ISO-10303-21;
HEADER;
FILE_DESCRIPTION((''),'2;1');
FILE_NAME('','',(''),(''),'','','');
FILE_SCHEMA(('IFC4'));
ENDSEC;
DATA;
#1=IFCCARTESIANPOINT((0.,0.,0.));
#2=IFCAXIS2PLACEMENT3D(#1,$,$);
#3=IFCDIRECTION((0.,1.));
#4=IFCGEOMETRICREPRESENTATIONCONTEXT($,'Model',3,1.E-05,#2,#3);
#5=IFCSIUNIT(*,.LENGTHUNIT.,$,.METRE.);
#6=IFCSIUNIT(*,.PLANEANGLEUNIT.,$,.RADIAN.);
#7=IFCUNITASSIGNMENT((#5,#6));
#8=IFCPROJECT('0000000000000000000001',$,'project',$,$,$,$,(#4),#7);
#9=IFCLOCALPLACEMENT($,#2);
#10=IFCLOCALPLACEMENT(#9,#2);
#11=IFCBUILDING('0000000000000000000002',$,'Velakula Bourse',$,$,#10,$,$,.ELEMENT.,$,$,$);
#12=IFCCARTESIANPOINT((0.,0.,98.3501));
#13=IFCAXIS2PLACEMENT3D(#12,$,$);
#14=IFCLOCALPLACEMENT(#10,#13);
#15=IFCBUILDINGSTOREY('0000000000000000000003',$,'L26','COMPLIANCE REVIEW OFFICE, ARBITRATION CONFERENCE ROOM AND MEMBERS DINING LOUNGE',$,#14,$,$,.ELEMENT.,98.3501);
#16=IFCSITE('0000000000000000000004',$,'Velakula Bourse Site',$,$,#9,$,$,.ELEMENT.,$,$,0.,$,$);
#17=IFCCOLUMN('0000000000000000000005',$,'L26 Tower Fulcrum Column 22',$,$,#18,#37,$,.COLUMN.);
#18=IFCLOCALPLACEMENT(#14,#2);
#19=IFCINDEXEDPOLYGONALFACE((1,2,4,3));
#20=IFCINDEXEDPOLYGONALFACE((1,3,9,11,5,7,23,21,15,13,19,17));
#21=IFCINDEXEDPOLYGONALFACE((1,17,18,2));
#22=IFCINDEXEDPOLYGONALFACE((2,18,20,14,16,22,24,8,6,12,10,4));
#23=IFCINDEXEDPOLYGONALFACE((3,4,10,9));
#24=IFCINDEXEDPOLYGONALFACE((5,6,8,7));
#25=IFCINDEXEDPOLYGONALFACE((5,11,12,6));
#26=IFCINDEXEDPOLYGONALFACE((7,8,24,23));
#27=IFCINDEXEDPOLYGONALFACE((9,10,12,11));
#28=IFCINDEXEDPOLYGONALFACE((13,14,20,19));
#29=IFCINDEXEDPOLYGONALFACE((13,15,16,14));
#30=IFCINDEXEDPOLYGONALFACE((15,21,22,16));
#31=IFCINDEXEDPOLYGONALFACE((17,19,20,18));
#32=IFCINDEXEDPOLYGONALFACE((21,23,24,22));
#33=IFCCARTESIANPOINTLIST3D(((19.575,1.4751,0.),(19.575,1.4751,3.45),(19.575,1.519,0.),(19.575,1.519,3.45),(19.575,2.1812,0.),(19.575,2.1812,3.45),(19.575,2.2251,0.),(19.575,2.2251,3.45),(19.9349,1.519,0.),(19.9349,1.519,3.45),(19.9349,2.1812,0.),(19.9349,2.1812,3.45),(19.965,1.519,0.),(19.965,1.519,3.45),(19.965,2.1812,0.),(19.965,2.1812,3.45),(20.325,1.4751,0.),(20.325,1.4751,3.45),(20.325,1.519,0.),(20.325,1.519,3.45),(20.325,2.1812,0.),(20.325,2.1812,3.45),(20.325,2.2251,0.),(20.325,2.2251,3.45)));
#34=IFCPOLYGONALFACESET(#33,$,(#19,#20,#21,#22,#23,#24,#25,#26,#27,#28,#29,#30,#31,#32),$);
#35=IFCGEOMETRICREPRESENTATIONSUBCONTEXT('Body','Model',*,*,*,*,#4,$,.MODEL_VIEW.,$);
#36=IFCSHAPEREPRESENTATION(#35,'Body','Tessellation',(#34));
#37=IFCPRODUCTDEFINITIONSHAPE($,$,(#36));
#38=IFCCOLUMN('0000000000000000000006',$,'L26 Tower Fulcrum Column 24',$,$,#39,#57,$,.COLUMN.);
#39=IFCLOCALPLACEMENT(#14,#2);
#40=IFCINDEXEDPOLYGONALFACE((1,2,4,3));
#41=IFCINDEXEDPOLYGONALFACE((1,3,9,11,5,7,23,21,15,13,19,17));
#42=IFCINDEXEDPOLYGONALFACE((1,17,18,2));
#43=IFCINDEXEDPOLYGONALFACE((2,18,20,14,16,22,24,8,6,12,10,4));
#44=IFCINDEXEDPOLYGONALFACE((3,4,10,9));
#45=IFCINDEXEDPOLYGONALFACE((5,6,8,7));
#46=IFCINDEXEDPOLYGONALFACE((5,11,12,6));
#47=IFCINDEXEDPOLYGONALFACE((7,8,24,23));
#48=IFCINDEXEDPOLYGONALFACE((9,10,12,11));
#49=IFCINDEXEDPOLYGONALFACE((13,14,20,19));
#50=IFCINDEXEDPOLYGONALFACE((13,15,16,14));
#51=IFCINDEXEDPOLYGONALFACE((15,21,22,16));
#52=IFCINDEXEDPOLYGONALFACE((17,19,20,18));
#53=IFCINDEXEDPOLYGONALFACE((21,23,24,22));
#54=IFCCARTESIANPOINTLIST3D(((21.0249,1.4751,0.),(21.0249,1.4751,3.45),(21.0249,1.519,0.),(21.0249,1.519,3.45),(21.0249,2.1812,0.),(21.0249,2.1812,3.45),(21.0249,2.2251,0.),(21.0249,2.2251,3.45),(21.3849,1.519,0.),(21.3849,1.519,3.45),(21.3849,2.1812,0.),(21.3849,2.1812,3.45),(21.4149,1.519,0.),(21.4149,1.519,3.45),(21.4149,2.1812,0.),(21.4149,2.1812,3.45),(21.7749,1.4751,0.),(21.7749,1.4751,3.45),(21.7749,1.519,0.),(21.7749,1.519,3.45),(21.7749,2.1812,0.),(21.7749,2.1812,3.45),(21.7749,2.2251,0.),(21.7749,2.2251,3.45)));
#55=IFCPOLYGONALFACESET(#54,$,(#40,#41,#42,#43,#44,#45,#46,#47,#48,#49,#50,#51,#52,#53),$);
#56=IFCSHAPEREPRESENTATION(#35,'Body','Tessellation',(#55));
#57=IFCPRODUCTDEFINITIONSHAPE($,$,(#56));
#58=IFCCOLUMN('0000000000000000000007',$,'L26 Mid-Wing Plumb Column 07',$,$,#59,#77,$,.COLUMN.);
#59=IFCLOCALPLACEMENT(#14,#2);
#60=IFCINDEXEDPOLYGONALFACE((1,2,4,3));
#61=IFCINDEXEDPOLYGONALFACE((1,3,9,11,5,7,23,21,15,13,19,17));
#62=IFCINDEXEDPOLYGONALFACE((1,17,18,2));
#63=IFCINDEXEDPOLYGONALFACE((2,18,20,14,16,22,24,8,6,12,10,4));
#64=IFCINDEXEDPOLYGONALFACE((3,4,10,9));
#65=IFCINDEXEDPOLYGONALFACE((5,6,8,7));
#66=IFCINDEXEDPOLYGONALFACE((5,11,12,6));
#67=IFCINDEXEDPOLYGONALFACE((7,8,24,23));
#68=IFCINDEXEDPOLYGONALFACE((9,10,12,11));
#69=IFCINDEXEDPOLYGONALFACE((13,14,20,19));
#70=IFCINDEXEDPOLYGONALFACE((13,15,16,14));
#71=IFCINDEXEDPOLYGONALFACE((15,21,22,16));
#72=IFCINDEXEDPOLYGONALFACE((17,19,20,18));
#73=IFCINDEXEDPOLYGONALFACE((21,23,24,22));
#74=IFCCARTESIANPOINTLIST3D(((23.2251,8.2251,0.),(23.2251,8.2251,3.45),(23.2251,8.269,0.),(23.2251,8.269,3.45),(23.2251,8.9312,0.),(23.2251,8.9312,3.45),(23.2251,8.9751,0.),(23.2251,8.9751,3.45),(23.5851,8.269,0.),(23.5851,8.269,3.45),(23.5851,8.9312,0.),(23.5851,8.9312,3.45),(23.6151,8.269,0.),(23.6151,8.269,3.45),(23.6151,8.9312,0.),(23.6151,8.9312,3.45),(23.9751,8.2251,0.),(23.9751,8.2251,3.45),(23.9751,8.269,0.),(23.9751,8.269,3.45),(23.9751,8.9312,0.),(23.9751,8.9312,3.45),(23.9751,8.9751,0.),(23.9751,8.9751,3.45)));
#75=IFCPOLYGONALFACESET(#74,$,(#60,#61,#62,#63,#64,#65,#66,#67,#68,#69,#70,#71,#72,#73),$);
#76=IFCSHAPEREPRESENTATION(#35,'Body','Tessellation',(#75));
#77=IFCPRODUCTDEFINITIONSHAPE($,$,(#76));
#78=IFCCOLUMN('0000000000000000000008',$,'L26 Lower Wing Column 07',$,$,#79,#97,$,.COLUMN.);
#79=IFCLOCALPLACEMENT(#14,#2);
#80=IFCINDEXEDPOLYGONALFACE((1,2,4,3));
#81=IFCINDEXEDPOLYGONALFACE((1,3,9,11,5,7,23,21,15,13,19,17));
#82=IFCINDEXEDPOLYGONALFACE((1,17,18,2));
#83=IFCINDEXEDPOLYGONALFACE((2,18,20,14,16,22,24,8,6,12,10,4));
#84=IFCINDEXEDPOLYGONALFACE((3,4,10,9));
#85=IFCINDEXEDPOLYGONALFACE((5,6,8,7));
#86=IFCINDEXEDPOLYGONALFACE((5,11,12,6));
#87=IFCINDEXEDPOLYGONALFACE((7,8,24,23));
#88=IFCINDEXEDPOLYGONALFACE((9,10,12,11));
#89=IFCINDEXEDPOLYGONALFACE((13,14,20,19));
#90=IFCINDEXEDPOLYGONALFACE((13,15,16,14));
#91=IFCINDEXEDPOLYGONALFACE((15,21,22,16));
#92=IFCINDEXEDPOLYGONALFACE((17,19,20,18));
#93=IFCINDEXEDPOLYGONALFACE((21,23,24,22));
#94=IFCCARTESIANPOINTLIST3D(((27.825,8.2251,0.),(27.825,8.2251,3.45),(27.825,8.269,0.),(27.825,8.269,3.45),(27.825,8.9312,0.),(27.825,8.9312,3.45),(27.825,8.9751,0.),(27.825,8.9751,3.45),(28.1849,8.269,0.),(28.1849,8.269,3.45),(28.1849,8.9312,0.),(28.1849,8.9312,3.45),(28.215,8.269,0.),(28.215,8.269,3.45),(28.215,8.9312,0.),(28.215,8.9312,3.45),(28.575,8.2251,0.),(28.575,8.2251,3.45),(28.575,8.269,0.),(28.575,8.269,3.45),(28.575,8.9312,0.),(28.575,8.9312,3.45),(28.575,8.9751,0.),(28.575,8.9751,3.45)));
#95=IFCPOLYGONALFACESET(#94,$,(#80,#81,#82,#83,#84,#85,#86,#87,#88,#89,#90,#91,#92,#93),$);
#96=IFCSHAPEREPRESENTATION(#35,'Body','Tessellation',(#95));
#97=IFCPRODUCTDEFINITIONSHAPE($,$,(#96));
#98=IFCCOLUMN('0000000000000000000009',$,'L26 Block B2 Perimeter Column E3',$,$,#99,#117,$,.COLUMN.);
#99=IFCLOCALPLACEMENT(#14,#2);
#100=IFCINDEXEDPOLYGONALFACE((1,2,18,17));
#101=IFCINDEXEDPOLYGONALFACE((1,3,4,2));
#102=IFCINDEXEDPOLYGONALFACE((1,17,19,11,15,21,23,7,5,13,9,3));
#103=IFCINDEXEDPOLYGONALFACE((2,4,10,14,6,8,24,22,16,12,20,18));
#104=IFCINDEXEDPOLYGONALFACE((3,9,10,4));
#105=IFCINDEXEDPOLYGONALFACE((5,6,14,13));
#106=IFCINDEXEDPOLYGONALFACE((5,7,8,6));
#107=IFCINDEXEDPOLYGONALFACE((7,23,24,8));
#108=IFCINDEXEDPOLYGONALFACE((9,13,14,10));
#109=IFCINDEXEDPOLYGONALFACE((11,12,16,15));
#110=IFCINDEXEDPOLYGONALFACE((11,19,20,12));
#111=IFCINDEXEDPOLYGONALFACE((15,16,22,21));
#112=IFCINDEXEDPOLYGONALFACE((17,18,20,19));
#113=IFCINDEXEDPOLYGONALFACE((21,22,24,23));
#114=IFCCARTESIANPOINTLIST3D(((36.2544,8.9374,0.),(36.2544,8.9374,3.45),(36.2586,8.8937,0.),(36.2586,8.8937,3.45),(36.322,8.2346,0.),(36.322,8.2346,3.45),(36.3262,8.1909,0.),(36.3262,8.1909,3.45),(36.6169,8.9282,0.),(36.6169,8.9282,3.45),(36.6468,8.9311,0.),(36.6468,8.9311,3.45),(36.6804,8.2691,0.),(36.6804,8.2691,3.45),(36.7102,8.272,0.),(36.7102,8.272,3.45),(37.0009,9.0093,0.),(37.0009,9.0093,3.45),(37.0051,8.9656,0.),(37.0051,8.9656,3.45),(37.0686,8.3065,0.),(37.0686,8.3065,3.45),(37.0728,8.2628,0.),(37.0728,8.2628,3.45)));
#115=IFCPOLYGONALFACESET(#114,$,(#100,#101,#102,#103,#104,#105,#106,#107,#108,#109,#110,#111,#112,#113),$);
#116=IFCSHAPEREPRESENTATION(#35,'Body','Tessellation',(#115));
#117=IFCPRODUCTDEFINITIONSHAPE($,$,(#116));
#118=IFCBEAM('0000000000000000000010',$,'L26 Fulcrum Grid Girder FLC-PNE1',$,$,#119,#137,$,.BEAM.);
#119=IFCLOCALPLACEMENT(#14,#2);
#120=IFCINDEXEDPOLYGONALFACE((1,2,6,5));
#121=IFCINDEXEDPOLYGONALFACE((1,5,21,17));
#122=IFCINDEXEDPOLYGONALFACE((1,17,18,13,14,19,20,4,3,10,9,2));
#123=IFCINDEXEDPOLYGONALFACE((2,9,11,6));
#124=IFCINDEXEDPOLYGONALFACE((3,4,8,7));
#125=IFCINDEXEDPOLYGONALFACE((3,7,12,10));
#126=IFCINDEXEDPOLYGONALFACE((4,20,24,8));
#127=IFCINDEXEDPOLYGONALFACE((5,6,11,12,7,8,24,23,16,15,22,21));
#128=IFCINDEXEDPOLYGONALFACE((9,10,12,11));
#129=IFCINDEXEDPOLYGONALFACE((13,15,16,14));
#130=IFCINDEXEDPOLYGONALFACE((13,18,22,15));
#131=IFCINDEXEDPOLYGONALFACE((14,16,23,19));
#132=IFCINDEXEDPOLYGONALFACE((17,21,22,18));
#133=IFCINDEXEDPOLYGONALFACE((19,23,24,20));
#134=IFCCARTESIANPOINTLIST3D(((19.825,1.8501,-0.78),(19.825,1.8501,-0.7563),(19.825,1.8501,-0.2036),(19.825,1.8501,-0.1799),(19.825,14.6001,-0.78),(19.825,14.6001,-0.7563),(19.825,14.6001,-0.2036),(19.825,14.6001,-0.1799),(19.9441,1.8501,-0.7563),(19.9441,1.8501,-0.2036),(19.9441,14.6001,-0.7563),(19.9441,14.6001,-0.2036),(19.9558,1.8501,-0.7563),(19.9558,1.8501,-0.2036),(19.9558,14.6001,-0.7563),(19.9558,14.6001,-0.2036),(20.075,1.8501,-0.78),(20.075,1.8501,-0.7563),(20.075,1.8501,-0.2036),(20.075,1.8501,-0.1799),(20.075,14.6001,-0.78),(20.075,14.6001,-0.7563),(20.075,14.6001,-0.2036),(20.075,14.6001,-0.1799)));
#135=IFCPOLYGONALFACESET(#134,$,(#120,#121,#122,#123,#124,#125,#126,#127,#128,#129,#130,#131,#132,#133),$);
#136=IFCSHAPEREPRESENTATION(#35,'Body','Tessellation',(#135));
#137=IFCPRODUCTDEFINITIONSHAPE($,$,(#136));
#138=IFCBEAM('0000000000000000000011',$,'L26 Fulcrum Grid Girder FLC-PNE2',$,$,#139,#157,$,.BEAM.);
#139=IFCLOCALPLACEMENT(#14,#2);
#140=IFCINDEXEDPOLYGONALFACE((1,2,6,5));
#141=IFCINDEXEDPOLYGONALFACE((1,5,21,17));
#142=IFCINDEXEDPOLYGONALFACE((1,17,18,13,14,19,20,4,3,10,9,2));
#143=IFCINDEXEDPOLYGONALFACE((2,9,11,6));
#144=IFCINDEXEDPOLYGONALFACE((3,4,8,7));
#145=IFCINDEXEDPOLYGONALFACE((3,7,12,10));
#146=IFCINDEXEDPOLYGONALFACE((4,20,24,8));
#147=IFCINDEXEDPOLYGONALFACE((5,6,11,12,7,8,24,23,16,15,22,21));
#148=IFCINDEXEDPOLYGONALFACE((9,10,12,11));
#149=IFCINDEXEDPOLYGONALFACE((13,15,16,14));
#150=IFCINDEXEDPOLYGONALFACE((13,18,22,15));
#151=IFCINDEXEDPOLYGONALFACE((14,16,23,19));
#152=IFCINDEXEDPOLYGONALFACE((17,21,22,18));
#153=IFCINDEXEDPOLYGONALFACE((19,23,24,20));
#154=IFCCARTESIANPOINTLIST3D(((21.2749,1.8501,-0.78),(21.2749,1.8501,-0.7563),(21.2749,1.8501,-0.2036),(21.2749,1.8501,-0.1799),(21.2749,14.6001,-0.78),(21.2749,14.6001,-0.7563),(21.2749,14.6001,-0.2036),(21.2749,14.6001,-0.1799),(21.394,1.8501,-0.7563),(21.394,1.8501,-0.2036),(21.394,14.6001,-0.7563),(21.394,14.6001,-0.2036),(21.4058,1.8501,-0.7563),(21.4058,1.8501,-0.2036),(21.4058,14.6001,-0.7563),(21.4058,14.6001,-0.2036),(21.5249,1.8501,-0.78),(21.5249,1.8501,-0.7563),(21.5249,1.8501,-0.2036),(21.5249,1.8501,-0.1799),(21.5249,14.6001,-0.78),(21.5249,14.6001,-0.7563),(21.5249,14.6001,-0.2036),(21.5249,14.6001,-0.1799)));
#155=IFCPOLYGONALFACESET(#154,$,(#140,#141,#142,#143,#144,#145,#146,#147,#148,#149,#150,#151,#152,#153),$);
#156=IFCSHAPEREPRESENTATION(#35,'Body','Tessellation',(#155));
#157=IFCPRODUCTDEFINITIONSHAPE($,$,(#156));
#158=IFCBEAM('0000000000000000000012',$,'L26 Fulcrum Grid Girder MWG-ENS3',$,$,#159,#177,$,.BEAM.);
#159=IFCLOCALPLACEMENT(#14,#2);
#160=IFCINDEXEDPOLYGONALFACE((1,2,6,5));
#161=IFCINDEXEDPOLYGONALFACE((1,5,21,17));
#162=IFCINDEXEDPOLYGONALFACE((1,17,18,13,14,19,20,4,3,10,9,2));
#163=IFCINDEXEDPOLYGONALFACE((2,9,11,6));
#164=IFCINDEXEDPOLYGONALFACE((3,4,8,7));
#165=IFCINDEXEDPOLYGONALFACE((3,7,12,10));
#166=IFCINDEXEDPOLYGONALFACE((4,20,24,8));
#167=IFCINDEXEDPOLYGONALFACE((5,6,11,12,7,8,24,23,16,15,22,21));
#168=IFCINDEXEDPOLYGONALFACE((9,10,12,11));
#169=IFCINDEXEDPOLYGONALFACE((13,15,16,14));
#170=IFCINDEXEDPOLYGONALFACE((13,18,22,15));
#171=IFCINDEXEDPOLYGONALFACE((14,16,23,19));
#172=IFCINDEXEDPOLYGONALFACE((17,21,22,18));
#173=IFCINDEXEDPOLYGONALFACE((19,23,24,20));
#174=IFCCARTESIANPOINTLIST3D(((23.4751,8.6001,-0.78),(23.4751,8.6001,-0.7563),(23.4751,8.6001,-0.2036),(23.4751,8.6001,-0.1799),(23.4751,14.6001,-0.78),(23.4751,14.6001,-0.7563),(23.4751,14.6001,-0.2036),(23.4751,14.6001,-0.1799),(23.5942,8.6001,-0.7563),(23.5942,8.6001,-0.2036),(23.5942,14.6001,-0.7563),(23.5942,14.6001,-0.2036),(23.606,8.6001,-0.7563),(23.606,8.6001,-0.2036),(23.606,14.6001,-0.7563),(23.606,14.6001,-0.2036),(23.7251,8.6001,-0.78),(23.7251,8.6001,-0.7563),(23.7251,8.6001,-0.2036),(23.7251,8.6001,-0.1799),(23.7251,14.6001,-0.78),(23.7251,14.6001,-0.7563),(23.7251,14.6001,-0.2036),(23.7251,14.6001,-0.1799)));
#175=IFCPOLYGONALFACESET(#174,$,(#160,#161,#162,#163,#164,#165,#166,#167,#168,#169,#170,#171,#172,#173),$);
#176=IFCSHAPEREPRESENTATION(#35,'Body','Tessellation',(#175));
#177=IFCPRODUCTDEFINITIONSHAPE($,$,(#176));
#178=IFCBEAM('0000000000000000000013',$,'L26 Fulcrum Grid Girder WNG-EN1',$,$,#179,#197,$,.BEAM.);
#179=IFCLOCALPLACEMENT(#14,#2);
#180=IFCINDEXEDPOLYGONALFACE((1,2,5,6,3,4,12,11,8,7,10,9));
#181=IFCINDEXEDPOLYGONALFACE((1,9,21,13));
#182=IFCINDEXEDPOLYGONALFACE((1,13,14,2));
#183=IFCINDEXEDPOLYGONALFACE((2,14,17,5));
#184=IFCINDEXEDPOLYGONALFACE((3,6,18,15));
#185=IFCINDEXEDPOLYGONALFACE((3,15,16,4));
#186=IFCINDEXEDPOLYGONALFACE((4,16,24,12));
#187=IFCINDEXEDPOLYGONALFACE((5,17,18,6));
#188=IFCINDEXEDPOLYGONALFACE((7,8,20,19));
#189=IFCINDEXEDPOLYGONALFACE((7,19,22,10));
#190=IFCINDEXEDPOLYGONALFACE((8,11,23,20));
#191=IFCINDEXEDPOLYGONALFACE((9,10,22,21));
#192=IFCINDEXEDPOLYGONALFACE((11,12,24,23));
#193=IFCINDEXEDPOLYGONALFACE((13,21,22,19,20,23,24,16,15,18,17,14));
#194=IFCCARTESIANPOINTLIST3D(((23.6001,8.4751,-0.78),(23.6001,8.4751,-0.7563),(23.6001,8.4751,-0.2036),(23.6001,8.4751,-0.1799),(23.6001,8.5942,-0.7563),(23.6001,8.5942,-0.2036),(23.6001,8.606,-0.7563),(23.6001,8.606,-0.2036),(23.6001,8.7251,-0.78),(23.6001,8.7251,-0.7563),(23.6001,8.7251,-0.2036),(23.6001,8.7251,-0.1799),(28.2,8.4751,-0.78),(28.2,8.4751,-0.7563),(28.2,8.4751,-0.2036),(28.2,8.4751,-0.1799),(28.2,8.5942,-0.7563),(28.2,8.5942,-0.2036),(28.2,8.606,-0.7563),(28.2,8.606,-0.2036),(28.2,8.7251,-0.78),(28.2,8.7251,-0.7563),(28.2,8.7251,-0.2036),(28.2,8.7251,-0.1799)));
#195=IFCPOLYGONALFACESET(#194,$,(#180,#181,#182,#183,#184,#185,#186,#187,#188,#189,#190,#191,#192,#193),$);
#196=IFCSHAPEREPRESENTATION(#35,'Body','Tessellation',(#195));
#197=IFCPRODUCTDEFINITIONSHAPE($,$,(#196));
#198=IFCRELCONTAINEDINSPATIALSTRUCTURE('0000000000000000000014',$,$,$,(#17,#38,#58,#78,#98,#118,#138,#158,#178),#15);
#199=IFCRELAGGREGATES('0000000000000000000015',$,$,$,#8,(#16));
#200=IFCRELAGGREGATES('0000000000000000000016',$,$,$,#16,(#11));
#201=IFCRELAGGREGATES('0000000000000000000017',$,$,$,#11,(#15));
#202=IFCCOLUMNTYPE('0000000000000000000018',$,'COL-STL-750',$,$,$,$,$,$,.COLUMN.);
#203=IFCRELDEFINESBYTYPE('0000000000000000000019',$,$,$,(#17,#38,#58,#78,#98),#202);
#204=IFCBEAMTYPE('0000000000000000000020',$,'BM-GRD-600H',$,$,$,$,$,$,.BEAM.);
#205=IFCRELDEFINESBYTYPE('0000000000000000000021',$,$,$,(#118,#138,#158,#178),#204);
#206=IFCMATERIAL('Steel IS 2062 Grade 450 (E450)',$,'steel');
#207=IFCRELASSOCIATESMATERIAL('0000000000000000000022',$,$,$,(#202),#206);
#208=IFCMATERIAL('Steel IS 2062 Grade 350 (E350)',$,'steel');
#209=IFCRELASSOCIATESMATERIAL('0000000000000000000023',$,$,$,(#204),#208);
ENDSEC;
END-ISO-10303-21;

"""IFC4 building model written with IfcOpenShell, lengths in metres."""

from ifc_helpers import new_model, si_unit, direction, frame, origin, origin_2d, place, context, subcontext, project, spatial, i_section, extrude, material, material_profile, profile_set, type_object, element, save


model = new_model("IFC4")

# Units and contexts
model_context = context("Model", 3, precision=1e-05, world=origin(), true_north=direction((0.0, 1.0)))
body_context = subcontext(model_context, "Body", "Model", "MODEL_VIEW")
ifc_project = project(units=[si_unit("LENGTHUNIT", "METRE"), si_unit("PLANEANGLEUNIT", "RADIAN")], contexts=[model_context])

# Site, building, storey
site_placement = place(None, origin())
site = spatial("IfcSite", under=ifc_project, at=site_placement, Name="Velakula Bourse Site", CompositionType="ELEMENT", RefElevation=0.0)
building_placement = place(site_placement, origin())
building = spatial("IfcBuilding", under=site, at=building_placement, Name="Velakula Bourse", CompositionType="ELEMENT")
storey_placement = place(building_placement, frame((0.0, 0.0, 98.3501)))
storey = spatial("IfcBuildingStorey", under=building, at=storey_placement, Name="L26", Description="COMPLIANCE REVIEW OFFICE, ARBITRATION CONFERENCE ROOM AND MEMBERS DINING LOUNGE", CompositionType="ELEMENT", Elevation=98.3501)

# Columns
ifc_material_1 = material(Name="Steel IS 2062 Grade 450 (E450)", Category="steel")
ifc_material_profile_1 = material_profile(ifc_material_1, i_section(OverallWidth=0.75, OverallDepth=0.75, WebThickness=0.03, FlangeThickness=0.0439, at=origin_2d()), Name="Steel IS 2062 Grade 450 (E450)")
ifc_profile_set_1 = profile_set([ifc_material_profile_1], Name="Steel IS 2062 Grade 450 (E450)")
column_type = type_object("IfcColumnType", Name="COL-STL-750", PredefinedType="COLUMN", material=ifc_profile_set_1)
for number, where, z_axis, x_axis, name in (
    (1, (19.95, 1.8501, 0.0), (0.0, 0.0, 1.0), (1.0, 0.0, 0.0), "L26 Tower Fulcrum Column 22"),
    (2, (21.3999, 1.8501, 0.0), (0.0, 0.0, 1.0), (1.0, 0.0, 0.0), "L26 Tower Fulcrum Column 24"),
    (3, (23.6001, 8.6001, 0.0), (0.0, 0.0, 1.0), (1.0, 0.0, 0.0), "L26 Mid-Wing Plumb Column 07"),
    (4, (28.2, 8.6001, 0.0), (0.0, 0.0, 1.0), (1.0, 0.0, 0.0), "L26 Lower Wing Column 07"),
    (5, (36.6636, 8.6001, 0.0), (0.0, 0.0, 1.0), (0.995396, 0.095846, 0.0), "L26 Block B2 Perimeter Column E3"),
):
    element("IfcColumn", number, at=place(storey_placement, frame(where, z_axis=z_axis, x_axis=x_axis)), inside=storey, type_object=column_type, Name=name, PredefinedType="COLUMN", context=body_context, shape_type="SweptSolid", body=[
        extrude(i_section(OverallWidth=0.75, OverallDepth=0.75, WebThickness=0.03, FlangeThickness=0.0439, at=origin_2d()), origin(), (0.0, 0.0, 1.0), 3.45),
    ])

# Beams
ifc_material_2 = material(Name="Steel IS 2062 Grade 350 (E350)", Category="steel")
ifc_material_profile_2 = material_profile(ifc_material_2, i_section(OverallWidth=0.25, OverallDepth=0.6001, WebThickness=0.0117, FlangeThickness=0.0237, at=origin_2d()), Name="Steel IS 2062 Grade 350 (E350)")
ifc_profile_set_2 = profile_set([ifc_material_profile_2], Name="Steel IS 2062 Grade 350 (E350)")
beam_type_1 = type_object("IfcBeamType", Name="BM-GRD-600H", PredefinedType="BEAM", material=ifc_profile_set_2)
for number, where, z_axis, x_axis, name in (
    (6, (19.95, 1.8501, -0.48), (0.0, 1.0, 0.0), (-1.0, 0.0, 0.0), "L26 Fulcrum Grid Girder FLC-PNE1"),
    (7, (21.3999, 1.8501, -0.48), (0.0, 1.0, 0.0), (-1.0, 0.0, 0.0), "L26 Fulcrum Grid Girder FLC-PNE2"),
):
    element("IfcBeam", number, at=place(storey_placement, frame(where, z_axis=z_axis, x_axis=x_axis)), inside=storey, type_object=beam_type_1, Name=name, PredefinedType="BEAM", context=body_context, shape_type="SweptSolid", body=[
        extrude(i_section(OverallWidth=0.25, OverallDepth=0.6001, WebThickness=0.0117, FlangeThickness=0.0237, at=origin_2d()), origin(), (0.0, 0.0, 1.0), 12.75),
    ])
beam_1_placement = place(storey_placement, frame((23.6001, 8.6001, -0.48), z_axis=(0.0, 1.0, 0.0), x_axis=(-1.0, 0.0, 0.0)))
element("IfcBeam", 8, at=beam_1_placement, inside=storey, type_object=beam_type_1, Name="L26 Fulcrum Grid Girder MWG-ENS3", PredefinedType="BEAM", context=body_context, shape_type="SweptSolid", body=[
    extrude(i_section(OverallWidth=0.25, OverallDepth=0.6001, WebThickness=0.0117, FlangeThickness=0.0237, at=origin_2d()), origin(), (0.0, 0.0, 1.0), 6.0),
])
beam_2_placement = place(storey_placement, frame((23.6001, 8.6001, -0.48), z_axis=(1.0, 0.0, 0.0), x_axis=(0.0, 1.0, 0.0)))
element("IfcBeam", 9, at=beam_2_placement, inside=storey, type_object=beam_type_1, Name="L26 Fulcrum Grid Girder WNG-EN1", PredefinedType="BEAM", context=body_context, shape_type="SweptSolid", body=[
    extrude(i_section(OverallWidth=0.25, OverallDepth=0.6001, WebThickness=0.0117, FlangeThickness=0.0237, at=origin_2d()), origin(), (0.0, 0.0, 1.0), 4.5999),
])

save(model, "model.ifc")
